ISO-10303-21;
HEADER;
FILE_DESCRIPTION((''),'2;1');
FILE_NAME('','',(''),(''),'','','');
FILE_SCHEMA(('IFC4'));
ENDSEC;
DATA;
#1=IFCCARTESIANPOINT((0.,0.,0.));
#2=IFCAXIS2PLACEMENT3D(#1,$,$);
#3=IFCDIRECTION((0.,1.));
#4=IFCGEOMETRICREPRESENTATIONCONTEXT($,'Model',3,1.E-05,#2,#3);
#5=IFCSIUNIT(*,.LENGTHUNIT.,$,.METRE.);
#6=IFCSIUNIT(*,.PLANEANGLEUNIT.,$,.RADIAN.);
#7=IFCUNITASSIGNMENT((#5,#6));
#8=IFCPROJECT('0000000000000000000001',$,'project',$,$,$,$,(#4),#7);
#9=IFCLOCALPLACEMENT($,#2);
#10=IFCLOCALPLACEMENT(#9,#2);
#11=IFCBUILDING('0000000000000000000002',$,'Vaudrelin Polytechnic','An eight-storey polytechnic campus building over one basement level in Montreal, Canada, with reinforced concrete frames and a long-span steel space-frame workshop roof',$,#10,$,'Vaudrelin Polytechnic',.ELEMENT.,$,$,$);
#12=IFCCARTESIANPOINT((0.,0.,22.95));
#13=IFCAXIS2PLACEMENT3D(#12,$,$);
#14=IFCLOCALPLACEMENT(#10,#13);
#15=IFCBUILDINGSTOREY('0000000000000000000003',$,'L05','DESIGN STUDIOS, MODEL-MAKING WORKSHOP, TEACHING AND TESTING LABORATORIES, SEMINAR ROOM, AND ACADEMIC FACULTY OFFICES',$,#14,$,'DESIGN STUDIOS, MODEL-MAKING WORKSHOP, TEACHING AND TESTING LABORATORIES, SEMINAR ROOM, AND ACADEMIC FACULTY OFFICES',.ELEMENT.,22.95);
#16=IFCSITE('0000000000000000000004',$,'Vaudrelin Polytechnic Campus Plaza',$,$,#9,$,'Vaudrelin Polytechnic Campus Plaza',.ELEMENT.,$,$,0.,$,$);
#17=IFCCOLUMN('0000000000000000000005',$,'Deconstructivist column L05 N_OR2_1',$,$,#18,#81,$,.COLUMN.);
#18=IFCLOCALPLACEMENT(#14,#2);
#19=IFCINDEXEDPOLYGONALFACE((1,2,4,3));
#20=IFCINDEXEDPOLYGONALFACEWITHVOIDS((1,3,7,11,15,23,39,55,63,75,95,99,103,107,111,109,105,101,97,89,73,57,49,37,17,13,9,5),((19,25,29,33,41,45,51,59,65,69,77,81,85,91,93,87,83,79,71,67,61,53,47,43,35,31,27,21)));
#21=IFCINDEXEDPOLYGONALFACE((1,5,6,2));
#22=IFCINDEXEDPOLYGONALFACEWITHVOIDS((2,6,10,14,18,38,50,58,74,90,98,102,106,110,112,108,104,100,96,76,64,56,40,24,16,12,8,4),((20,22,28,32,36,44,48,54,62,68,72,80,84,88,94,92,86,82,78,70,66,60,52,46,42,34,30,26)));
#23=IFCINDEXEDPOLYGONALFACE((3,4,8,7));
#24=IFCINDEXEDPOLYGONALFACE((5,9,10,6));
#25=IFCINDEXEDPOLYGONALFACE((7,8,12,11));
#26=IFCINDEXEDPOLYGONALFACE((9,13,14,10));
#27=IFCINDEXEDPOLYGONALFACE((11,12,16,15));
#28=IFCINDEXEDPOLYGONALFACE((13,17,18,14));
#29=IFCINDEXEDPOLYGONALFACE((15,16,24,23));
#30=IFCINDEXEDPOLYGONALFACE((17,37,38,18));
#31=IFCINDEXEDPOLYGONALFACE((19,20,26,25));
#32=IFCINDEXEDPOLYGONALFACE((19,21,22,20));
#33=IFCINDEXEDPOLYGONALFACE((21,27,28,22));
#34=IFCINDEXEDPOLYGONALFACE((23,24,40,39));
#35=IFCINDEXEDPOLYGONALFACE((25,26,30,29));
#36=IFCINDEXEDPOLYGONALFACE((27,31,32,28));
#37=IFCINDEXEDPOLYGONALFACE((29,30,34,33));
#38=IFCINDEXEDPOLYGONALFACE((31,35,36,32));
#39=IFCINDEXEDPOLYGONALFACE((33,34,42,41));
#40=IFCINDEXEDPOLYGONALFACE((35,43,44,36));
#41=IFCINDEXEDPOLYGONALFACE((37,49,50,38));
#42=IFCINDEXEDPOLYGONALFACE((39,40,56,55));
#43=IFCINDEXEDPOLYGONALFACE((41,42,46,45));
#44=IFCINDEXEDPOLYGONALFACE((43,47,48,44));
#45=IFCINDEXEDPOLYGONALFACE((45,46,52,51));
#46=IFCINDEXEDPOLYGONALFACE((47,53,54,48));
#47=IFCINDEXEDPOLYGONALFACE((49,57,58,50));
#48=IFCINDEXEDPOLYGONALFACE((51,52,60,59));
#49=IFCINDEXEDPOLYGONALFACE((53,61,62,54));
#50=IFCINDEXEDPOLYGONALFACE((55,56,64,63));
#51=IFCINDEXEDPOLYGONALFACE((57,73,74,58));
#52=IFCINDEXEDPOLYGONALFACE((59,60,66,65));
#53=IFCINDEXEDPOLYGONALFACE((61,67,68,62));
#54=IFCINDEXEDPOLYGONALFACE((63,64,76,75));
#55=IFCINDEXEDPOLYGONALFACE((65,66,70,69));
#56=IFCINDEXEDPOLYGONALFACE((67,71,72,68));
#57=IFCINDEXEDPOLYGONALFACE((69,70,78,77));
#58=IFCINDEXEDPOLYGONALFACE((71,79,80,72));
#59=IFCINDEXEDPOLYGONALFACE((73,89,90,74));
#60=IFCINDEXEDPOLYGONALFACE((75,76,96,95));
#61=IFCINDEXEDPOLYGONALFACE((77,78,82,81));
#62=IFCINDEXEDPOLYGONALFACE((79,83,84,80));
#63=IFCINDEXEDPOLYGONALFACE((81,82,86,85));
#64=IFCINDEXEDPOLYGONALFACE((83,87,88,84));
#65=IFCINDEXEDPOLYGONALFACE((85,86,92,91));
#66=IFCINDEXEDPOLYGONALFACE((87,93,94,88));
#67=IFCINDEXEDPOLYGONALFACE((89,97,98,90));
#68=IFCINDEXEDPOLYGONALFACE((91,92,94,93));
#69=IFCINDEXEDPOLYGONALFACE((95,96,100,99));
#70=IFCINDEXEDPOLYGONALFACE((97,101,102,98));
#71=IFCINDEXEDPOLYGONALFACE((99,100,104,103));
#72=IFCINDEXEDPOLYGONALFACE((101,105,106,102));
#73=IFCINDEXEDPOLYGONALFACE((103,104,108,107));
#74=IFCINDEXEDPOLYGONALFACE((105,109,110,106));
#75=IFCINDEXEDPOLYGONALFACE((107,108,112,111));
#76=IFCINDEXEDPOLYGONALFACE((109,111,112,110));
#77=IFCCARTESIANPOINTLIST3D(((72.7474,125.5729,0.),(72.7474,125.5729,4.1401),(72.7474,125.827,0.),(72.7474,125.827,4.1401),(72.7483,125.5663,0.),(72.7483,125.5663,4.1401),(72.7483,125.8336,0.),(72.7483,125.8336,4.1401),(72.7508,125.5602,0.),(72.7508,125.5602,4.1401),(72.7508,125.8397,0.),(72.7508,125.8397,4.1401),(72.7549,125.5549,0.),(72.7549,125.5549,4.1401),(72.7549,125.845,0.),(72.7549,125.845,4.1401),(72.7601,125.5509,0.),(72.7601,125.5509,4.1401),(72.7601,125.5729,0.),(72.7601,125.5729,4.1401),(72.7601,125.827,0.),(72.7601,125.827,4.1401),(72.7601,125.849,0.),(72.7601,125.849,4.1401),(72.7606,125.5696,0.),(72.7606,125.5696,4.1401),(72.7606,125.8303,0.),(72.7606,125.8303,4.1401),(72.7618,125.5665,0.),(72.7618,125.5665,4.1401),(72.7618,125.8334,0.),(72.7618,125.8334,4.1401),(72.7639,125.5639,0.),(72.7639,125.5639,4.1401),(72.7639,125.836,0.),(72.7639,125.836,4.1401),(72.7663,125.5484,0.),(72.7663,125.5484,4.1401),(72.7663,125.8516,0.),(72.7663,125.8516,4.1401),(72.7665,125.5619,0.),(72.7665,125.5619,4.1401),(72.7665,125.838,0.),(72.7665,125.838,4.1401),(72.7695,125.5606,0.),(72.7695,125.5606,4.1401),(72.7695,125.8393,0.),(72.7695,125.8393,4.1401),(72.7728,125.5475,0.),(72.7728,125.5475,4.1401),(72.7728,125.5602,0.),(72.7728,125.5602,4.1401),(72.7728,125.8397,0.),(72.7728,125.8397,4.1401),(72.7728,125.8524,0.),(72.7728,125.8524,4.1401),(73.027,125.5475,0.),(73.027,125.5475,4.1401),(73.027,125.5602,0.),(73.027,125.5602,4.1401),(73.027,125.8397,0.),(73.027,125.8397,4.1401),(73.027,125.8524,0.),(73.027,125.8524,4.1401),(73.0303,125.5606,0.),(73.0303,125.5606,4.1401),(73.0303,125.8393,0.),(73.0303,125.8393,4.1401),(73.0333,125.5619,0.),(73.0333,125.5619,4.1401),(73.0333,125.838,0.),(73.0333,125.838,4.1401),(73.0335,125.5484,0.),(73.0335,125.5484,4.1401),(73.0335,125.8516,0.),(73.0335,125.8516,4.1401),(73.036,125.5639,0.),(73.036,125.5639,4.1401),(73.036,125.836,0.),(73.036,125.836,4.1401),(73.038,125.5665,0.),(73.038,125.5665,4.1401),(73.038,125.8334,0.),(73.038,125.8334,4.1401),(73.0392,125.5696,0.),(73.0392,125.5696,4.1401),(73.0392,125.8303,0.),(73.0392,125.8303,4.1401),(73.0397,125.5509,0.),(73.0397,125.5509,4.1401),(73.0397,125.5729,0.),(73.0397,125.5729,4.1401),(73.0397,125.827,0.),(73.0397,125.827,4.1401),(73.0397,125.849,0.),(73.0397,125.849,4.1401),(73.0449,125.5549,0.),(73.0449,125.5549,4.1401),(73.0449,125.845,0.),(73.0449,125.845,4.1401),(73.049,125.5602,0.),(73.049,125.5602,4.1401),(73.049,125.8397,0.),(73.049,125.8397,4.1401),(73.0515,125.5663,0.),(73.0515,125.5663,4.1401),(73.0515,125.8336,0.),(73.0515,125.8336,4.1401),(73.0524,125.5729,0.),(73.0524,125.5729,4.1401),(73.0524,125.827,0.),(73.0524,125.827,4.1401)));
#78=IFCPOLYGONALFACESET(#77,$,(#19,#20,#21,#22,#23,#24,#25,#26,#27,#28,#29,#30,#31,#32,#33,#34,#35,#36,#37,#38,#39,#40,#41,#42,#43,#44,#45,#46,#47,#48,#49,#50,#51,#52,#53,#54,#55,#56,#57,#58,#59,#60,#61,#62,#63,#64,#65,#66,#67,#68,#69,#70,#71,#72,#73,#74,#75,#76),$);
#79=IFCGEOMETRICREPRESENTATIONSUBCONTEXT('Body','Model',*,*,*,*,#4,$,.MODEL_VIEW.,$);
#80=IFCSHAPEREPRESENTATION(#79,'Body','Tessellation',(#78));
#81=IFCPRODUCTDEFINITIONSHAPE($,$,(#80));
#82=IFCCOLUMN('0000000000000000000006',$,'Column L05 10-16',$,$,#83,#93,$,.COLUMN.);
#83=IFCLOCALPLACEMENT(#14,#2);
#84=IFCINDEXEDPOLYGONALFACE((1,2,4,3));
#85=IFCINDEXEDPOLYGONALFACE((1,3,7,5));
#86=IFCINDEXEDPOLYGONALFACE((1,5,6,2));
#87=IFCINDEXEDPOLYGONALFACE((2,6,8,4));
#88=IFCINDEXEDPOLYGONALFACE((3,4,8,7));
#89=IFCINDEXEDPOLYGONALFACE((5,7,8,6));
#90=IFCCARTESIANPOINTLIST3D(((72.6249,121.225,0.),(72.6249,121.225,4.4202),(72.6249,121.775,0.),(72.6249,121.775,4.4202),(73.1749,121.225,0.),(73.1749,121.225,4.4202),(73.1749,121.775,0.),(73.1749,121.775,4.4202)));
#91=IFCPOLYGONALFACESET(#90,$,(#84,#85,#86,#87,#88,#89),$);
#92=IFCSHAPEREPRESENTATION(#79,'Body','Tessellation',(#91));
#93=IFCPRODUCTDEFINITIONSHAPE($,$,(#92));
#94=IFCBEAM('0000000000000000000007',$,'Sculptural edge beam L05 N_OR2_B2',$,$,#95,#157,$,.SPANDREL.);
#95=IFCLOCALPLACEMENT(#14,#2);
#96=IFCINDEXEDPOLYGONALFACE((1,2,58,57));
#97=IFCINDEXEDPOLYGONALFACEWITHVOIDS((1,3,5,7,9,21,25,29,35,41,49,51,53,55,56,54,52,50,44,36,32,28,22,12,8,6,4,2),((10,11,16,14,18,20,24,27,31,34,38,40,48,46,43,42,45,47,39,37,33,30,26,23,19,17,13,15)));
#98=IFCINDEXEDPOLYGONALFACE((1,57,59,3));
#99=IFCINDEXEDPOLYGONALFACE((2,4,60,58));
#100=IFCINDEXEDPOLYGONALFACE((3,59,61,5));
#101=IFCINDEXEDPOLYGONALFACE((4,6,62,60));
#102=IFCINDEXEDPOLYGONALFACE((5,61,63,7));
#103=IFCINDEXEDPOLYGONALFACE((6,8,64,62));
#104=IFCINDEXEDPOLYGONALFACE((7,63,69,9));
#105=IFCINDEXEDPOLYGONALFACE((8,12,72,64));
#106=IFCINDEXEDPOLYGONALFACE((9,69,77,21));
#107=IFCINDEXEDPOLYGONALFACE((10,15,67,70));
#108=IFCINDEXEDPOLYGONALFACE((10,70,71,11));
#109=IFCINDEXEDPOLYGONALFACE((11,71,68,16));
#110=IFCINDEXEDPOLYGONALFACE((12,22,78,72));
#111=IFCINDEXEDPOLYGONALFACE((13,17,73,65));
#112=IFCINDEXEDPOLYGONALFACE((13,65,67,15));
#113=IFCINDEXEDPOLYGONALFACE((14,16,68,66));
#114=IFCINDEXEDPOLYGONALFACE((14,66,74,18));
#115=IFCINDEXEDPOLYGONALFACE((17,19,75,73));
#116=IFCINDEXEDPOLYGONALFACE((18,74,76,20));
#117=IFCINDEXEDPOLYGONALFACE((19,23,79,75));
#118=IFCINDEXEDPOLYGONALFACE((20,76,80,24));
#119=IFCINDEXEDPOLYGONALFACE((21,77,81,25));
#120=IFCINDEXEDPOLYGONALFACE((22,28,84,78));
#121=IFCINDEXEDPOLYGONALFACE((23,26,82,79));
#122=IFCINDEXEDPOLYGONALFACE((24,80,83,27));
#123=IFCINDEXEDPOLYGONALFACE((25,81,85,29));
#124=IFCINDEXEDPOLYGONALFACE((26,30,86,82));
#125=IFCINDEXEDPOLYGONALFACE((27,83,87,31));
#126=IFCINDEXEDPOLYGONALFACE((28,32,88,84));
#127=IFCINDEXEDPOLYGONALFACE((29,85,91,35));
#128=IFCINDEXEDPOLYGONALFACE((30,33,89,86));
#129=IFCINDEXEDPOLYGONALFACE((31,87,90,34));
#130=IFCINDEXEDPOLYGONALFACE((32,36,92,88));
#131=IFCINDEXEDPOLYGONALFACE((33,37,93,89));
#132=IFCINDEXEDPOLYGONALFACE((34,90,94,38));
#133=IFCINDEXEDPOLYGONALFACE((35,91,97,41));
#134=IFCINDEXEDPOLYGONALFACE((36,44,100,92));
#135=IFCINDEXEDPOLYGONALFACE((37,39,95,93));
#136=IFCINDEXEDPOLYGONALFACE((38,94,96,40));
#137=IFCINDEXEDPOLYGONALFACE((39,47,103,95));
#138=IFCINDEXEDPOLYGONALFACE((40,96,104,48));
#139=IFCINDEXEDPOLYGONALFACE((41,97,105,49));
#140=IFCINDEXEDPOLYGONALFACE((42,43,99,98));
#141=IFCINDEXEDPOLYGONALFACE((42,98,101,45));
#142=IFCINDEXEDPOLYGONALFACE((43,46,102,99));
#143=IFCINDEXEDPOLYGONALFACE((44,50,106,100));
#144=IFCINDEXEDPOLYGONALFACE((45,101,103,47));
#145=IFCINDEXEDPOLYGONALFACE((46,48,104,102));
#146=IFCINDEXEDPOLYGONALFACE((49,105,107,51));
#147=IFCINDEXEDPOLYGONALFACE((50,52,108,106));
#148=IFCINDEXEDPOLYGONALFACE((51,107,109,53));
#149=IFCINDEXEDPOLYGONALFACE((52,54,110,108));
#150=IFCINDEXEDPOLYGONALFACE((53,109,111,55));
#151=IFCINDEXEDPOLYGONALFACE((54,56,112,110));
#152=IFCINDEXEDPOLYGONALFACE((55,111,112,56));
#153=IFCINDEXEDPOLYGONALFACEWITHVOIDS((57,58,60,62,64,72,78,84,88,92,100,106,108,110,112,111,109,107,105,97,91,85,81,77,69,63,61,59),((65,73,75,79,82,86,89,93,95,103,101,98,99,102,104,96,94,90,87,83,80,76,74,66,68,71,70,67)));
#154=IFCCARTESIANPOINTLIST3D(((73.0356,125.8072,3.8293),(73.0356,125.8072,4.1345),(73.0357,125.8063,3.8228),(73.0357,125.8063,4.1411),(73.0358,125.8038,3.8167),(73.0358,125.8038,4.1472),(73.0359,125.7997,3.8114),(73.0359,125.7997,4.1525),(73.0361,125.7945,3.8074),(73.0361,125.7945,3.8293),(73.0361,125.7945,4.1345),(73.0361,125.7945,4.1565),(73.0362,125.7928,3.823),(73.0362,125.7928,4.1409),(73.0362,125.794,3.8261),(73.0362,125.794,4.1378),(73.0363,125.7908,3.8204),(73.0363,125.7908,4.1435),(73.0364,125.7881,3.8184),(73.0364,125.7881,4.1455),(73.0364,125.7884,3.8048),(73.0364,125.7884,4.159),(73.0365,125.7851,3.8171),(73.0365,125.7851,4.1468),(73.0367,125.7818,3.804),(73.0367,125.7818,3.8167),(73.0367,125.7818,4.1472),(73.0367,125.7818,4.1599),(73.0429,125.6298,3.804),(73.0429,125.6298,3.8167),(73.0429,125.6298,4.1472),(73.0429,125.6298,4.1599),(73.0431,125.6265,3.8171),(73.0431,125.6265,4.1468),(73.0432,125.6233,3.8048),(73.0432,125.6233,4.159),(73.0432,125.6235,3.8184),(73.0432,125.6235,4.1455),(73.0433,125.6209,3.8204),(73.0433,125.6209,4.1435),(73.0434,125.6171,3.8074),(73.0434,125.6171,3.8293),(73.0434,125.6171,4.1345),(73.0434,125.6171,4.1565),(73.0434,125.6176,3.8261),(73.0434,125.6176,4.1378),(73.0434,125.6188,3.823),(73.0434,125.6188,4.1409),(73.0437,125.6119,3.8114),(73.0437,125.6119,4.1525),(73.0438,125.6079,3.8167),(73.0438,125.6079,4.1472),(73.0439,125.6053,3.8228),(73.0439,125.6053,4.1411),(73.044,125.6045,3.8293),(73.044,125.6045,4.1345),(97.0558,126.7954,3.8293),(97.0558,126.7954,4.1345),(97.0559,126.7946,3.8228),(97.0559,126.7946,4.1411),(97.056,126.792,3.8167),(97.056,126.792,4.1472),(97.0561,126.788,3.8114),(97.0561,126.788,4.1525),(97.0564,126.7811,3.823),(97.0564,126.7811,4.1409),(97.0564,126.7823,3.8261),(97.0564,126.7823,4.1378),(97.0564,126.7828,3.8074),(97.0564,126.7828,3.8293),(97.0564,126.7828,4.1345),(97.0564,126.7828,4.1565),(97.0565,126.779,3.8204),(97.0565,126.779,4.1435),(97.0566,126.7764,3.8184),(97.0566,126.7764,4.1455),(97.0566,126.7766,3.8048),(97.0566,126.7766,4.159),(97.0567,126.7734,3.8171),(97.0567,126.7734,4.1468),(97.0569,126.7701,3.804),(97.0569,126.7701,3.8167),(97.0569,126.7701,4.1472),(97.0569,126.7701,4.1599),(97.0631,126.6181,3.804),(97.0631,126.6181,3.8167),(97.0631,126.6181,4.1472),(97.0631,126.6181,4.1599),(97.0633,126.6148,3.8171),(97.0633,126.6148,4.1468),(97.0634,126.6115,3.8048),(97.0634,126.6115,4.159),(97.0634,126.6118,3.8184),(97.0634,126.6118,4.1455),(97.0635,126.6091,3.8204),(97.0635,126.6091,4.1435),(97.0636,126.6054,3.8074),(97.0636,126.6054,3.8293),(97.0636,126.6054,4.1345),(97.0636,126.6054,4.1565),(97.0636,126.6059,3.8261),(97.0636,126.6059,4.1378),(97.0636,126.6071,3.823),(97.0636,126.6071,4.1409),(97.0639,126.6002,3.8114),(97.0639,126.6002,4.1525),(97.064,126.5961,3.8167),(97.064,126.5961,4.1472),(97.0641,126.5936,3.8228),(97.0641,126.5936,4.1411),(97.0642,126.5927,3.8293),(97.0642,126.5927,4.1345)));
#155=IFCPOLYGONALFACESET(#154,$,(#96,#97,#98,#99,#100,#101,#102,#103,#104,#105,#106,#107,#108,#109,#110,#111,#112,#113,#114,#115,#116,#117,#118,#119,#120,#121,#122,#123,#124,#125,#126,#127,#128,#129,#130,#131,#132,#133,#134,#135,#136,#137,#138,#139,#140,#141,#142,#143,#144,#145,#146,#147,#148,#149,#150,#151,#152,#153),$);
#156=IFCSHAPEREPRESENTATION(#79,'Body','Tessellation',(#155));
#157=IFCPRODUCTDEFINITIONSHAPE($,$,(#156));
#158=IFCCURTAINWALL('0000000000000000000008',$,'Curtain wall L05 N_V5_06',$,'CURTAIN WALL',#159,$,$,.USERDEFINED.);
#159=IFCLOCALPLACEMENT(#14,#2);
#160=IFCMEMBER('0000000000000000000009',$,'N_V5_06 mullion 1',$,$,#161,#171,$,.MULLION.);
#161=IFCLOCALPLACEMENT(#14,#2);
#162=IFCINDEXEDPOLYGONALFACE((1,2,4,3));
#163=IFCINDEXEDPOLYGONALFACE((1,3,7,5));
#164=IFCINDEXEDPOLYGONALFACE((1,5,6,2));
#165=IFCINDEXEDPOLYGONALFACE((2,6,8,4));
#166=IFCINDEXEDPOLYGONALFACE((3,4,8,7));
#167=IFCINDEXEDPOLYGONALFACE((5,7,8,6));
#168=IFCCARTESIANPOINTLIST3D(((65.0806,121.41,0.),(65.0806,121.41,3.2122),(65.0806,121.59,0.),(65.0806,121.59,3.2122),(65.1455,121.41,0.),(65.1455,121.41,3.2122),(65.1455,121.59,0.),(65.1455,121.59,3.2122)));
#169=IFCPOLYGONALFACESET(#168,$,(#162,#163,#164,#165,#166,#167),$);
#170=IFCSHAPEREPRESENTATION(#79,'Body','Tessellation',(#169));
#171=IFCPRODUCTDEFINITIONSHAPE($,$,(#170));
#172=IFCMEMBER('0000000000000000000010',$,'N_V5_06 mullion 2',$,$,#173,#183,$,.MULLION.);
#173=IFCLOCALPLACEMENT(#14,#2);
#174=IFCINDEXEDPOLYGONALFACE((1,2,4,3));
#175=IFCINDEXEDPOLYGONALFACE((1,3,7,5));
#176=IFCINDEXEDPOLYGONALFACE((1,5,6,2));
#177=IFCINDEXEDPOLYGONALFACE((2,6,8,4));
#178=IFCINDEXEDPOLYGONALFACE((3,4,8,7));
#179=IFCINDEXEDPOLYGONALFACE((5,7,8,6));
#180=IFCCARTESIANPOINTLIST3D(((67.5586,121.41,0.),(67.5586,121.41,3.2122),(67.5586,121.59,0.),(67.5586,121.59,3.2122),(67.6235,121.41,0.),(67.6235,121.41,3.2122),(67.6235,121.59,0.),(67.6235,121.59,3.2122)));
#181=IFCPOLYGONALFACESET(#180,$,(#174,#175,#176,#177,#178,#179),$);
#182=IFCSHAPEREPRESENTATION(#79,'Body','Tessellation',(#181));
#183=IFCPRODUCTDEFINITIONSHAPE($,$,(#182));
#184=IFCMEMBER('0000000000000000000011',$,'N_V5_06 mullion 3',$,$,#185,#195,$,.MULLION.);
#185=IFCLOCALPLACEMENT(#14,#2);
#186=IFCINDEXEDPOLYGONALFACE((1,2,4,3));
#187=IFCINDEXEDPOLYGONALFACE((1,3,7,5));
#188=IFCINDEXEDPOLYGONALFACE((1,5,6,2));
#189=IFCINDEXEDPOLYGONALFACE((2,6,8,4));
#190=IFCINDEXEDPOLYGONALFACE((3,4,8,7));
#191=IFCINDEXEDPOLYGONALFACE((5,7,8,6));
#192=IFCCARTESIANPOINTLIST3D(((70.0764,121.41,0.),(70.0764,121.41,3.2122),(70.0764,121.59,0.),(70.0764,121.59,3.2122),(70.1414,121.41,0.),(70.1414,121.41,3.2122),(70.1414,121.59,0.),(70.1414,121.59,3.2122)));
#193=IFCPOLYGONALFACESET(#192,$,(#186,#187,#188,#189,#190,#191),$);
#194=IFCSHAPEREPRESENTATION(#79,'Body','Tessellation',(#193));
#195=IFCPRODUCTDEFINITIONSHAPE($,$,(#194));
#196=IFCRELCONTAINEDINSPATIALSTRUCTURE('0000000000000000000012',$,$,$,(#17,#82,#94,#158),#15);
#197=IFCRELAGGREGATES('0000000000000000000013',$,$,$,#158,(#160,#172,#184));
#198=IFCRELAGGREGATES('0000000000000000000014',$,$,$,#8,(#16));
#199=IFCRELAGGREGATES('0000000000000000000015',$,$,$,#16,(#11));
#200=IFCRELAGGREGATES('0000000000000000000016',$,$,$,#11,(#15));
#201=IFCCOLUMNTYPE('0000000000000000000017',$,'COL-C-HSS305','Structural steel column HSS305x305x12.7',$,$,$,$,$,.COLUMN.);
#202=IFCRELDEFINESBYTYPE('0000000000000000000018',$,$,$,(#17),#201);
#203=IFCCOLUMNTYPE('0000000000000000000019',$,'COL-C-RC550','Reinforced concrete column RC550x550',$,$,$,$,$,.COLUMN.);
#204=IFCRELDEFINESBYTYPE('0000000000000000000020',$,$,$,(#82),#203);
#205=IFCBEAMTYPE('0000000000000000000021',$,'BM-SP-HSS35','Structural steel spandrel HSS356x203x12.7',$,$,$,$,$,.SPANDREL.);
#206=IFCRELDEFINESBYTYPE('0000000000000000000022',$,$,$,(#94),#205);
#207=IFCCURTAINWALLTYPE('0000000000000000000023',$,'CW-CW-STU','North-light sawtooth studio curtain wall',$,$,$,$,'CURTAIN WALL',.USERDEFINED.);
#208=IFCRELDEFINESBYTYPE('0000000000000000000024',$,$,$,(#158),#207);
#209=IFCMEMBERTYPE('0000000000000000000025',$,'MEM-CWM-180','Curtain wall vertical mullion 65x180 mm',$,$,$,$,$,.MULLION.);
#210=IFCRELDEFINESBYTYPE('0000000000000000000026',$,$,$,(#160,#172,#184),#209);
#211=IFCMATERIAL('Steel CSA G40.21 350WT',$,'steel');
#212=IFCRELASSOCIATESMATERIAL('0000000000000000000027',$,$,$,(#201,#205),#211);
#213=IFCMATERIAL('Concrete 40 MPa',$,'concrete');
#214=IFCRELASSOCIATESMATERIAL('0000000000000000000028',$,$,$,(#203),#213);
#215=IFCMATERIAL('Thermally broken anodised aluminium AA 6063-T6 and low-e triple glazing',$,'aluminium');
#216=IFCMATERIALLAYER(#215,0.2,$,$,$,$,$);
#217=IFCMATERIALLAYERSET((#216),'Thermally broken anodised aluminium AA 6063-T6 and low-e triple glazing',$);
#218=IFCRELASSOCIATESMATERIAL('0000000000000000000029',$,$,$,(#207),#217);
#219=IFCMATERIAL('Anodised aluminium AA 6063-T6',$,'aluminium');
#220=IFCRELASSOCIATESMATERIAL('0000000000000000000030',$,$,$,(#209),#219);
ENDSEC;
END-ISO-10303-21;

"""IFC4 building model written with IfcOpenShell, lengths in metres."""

from ifc_helpers import new_model, si_unit, direction, frame, origin, origin_2d, place, context, subcontext, project, spatial, rectangle, hollow_rectangle, extrude, material, layer, layer_set, material_profile, profile_set, type_object, element, aggregate, save


model = new_model("IFC4")

# Units and contexts
model_context = context("Model", 3, precision=1e-05, world=origin(), true_north=direction((0.0, 1.0)))
body_context = subcontext(model_context, "Body", "Model", "MODEL_VIEW")
ifc_project = project(units=[si_unit("LENGTHUNIT", "METRE"), si_unit("PLANEANGLEUNIT", "RADIAN")], contexts=[model_context])

# Site, building, storey
site_placement = place(None, origin())
site = spatial("IfcSite", under=ifc_project, at=site_placement, Name="Vaudrelin Polytechnic Campus Plaza", LongName="Vaudrelin Polytechnic Campus Plaza", CompositionType="ELEMENT", RefElevation=0.0)
building_placement = place(site_placement, origin())
building = spatial("IfcBuilding", under=site, at=building_placement, Name="Vaudrelin Polytechnic", Description="An eight-storey polytechnic campus building over one basement level in Montreal, Canada, with reinforced concrete frames and a long-span steel space-frame workshop roof", LongName="Vaudrelin Polytechnic", CompositionType="ELEMENT")
storey_placement = place(building_placement, frame((0.0, 0.0, 22.95)))
storey = spatial("IfcBuildingStorey", under=building, at=storey_placement, Name="L05", Description="DESIGN STUDIOS, MODEL-MAKING WORKSHOP, TEACHING AND TESTING LABORATORIES, SEMINAR ROOM, AND ACADEMIC FACULTY OFFICES", LongName="DESIGN STUDIOS, MODEL-MAKING WORKSHOP, TEACHING AND TESTING LABORATORIES, SEMINAR ROOM, AND ACADEMIC FACULTY OFFICES", CompositionType="ELEMENT", Elevation=22.95)

# Columns
ifc_material_1 = material(Name="Steel CSA G40.21 350WT", Category="steel")
ifc_material_profile_1 = material_profile(ifc_material_1, hollow_rectangle(XDim=0.3049, YDim=0.3049, WallThickness=0.0127, InnerFilletRadius=0.0127, OuterFilletRadius=0.0254, at=origin_2d()), Name="HSS305x305x12.7")
ifc_profile_set_1 = profile_set([ifc_material_profile_1], Name="Steel CSA G40.21 350WT")
column_type_1 = type_object("IfcColumnType", Name="COL-C-HSS305", Description="Structural steel column HSS305x305x12.7", PredefinedType="COLUMN", material=ifc_profile_set_1)
column_1_placement = place(storey_placement, frame((72.8999, 125.7, 0.0), z_axis=(0.0, 0.0, 1.0), x_axis=(1.0, 0.0, 0.0)))
element("IfcColumn", 1, at=column_1_placement, inside=storey, type_object=column_type_1, Name="Deconstructivist column L05 N_OR2_1", PredefinedType="COLUMN", context=body_context, shape_type="SweptSolid", body=[
    extrude(hollow_rectangle(XDim=0.3049, YDim=0.3049, WallThickness=0.0127, InnerFilletRadius=0.0127, OuterFilletRadius=0.0254, at=origin_2d()), origin(), (0.0, 0.0, 1.0), 4.1401),
])
ifc_material_2 = material(Name="Concrete 40 MPa", Category="concrete")
ifc_material_profile_2 = material_profile(ifc_material_2, rectangle(XDim=0.55, YDim=0.55, at=origin_2d()), Name="RC550x550")
ifc_profile_set_2 = profile_set([ifc_material_profile_2], Name="Concrete 40 MPa")
column_type_2 = type_object("IfcColumnType", Name="COL-C-RC550", Description="Reinforced concrete column RC550x550", PredefinedType="COLUMN", material=ifc_profile_set_2)
column_2_placement = place(storey_placement, frame((72.8999, 121.5, 0.0), z_axis=(0.0, 0.0, 1.0), x_axis=(1.0, 0.0, 0.0)))
element("IfcColumn", 2, at=column_2_placement, inside=storey, type_object=column_type_2, Name="Column L05 10-16", PredefinedType="COLUMN", context=body_context, shape_type="SweptSolid", body=[
    extrude(rectangle(XDim=0.55, YDim=0.55, at=origin_2d()), origin(), (0.0, 0.0, 1.0), 4.4202),
])

# Beam
ifc_material_profile_3 = material_profile(ifc_material_1, hollow_rectangle(XDim=0.2029, YDim=0.356, WallThickness=0.0127, InnerFilletRadius=0.0127, OuterFilletRadius=0.0254, at=origin_2d()), Name="HSS356x203x12.7")
ifc_profile_set_3 = profile_set([ifc_material_profile_3], Name="Steel CSA G40.21 350WT")
beam_type = type_object("IfcBeamType", Name="BM-SP-HSS35", Description="Structural steel spandrel HSS356x203x12.7", PredefinedType="SPANDREL", material=ifc_profile_set_3)
beam_placement = place(storey_placement, frame((73.0398, 125.7058, 3.9819), z_axis=(0.999155, 0.041109, 0.0), x_axis=(-0.041109, 0.999155, 0.0)))
element("IfcBeam", 3, at=beam_placement, inside=storey, type_object=beam_type, Name="Sculptural edge beam L05 N_OR2_B2", PredefinedType="SPANDREL", context=body_context, shape_type="SweptSolid", body=[
    extrude(hollow_rectangle(XDim=0.2029, YDim=0.356, WallThickness=0.0127, InnerFilletRadius=0.0127, OuterFilletRadius=0.0254, at=origin_2d()), origin(), (0.0, 0.0, 1.0), 24.0405),
])

# Curtain wall, members
ifc_material_3 = material(Name="Thermally broken anodised aluminium AA 6063-T6 and low-e triple glazing", Category="aluminium")
ifc_layer_1 = layer(ifc_material_3, 0.2)
ifc_layer_set_1 = layer_set([ifc_layer_1], Name="Thermally broken anodised aluminium AA 6063-T6 and low-e triple glazing")
curtain_wall_type = type_object("IfcCurtainWallType", Name="CW-CW-STU", Description="North-light sawtooth studio curtain wall", ElementType="CURTAIN WALL", PredefinedType="USERDEFINED", material=ifc_layer_set_1)
curtain_wall_1_placement = place(storey_placement, origin())
curtain_wall_1 = element("IfcCurtainWall", 4, at=curtain_wall_1_placement, inside=storey, type_object=curtain_wall_type, Name="Curtain wall L05 N_V5_06", ObjectType="CURTAIN WALL", PredefinedType="USERDEFINED")
ifc_material_4 = material(Name="Anodised aluminium AA 6063-T6", Category="aluminium")
ifc_material_profile_4 = material_profile(ifc_material_4, rectangle(XDim=0.0649, YDim=0.1799, at=origin_2d()), Name="CWM-65x180")
ifc_profile_set_4 = profile_set([ifc_material_profile_4], Name="Anodised aluminium AA 6063-T6")
member_type_1 = type_object("IfcMemberType", Name="MEM-CWM-180", Description="Curtain wall vertical mullion 65x180 mm", PredefinedType="MULLION", material=ifc_profile_set_4)
member_1_placement = place(storey_placement, frame((65.113, 121.5, 0.0), z_axis=(0.0, 0.0, 1.0), x_axis=(1.0, 0.0, 0.0)))
member_1 = element("IfcMember", 5, at=member_1_placement, type_object=member_type_1, Name="N_V5_06 mullion 1", PredefinedType="MULLION", context=body_context, shape_type="SweptSolid", body=[
    extrude(rectangle(XDim=0.0649, YDim=0.1799, at=origin_2d()), origin(), (0.0, 0.0, 1.0), 3.2122),
])
member_2_placement = place(storey_placement, frame((67.5911, 121.5, 0.0), z_axis=(0.0, 0.0, 1.0), x_axis=(1.0, 0.0, 0.0)))
member_2 = element("IfcMember", 6, at=member_2_placement, type_object=member_type_1, Name="N_V5_06 mullion 2", PredefinedType="MULLION", context=body_context, shape_type="SweptSolid", body=[
    extrude(rectangle(XDim=0.0649, YDim=0.1799, at=origin_2d()), origin(), (0.0, 0.0, 1.0), 3.2122),
])
member_3_placement = place(storey_placement, frame((70.1089, 121.5, 0.0), z_axis=(0.0, 0.0, 1.0), x_axis=(1.0, 0.0, 0.0)))
member_3 = element("IfcMember", 7, at=member_3_placement, type_object=member_type_1, Name="N_V5_06 mullion 3", PredefinedType="MULLION", context=body_context, shape_type="SweptSolid", body=[
    extrude(rectangle(XDim=0.0649, YDim=0.1799, at=origin_2d()), origin(), (0.0, 0.0, 1.0), 3.2122),
])

aggregate(curtain_wall_1, [member_1, member_2, member_3])

save(model, "model.ifc")
